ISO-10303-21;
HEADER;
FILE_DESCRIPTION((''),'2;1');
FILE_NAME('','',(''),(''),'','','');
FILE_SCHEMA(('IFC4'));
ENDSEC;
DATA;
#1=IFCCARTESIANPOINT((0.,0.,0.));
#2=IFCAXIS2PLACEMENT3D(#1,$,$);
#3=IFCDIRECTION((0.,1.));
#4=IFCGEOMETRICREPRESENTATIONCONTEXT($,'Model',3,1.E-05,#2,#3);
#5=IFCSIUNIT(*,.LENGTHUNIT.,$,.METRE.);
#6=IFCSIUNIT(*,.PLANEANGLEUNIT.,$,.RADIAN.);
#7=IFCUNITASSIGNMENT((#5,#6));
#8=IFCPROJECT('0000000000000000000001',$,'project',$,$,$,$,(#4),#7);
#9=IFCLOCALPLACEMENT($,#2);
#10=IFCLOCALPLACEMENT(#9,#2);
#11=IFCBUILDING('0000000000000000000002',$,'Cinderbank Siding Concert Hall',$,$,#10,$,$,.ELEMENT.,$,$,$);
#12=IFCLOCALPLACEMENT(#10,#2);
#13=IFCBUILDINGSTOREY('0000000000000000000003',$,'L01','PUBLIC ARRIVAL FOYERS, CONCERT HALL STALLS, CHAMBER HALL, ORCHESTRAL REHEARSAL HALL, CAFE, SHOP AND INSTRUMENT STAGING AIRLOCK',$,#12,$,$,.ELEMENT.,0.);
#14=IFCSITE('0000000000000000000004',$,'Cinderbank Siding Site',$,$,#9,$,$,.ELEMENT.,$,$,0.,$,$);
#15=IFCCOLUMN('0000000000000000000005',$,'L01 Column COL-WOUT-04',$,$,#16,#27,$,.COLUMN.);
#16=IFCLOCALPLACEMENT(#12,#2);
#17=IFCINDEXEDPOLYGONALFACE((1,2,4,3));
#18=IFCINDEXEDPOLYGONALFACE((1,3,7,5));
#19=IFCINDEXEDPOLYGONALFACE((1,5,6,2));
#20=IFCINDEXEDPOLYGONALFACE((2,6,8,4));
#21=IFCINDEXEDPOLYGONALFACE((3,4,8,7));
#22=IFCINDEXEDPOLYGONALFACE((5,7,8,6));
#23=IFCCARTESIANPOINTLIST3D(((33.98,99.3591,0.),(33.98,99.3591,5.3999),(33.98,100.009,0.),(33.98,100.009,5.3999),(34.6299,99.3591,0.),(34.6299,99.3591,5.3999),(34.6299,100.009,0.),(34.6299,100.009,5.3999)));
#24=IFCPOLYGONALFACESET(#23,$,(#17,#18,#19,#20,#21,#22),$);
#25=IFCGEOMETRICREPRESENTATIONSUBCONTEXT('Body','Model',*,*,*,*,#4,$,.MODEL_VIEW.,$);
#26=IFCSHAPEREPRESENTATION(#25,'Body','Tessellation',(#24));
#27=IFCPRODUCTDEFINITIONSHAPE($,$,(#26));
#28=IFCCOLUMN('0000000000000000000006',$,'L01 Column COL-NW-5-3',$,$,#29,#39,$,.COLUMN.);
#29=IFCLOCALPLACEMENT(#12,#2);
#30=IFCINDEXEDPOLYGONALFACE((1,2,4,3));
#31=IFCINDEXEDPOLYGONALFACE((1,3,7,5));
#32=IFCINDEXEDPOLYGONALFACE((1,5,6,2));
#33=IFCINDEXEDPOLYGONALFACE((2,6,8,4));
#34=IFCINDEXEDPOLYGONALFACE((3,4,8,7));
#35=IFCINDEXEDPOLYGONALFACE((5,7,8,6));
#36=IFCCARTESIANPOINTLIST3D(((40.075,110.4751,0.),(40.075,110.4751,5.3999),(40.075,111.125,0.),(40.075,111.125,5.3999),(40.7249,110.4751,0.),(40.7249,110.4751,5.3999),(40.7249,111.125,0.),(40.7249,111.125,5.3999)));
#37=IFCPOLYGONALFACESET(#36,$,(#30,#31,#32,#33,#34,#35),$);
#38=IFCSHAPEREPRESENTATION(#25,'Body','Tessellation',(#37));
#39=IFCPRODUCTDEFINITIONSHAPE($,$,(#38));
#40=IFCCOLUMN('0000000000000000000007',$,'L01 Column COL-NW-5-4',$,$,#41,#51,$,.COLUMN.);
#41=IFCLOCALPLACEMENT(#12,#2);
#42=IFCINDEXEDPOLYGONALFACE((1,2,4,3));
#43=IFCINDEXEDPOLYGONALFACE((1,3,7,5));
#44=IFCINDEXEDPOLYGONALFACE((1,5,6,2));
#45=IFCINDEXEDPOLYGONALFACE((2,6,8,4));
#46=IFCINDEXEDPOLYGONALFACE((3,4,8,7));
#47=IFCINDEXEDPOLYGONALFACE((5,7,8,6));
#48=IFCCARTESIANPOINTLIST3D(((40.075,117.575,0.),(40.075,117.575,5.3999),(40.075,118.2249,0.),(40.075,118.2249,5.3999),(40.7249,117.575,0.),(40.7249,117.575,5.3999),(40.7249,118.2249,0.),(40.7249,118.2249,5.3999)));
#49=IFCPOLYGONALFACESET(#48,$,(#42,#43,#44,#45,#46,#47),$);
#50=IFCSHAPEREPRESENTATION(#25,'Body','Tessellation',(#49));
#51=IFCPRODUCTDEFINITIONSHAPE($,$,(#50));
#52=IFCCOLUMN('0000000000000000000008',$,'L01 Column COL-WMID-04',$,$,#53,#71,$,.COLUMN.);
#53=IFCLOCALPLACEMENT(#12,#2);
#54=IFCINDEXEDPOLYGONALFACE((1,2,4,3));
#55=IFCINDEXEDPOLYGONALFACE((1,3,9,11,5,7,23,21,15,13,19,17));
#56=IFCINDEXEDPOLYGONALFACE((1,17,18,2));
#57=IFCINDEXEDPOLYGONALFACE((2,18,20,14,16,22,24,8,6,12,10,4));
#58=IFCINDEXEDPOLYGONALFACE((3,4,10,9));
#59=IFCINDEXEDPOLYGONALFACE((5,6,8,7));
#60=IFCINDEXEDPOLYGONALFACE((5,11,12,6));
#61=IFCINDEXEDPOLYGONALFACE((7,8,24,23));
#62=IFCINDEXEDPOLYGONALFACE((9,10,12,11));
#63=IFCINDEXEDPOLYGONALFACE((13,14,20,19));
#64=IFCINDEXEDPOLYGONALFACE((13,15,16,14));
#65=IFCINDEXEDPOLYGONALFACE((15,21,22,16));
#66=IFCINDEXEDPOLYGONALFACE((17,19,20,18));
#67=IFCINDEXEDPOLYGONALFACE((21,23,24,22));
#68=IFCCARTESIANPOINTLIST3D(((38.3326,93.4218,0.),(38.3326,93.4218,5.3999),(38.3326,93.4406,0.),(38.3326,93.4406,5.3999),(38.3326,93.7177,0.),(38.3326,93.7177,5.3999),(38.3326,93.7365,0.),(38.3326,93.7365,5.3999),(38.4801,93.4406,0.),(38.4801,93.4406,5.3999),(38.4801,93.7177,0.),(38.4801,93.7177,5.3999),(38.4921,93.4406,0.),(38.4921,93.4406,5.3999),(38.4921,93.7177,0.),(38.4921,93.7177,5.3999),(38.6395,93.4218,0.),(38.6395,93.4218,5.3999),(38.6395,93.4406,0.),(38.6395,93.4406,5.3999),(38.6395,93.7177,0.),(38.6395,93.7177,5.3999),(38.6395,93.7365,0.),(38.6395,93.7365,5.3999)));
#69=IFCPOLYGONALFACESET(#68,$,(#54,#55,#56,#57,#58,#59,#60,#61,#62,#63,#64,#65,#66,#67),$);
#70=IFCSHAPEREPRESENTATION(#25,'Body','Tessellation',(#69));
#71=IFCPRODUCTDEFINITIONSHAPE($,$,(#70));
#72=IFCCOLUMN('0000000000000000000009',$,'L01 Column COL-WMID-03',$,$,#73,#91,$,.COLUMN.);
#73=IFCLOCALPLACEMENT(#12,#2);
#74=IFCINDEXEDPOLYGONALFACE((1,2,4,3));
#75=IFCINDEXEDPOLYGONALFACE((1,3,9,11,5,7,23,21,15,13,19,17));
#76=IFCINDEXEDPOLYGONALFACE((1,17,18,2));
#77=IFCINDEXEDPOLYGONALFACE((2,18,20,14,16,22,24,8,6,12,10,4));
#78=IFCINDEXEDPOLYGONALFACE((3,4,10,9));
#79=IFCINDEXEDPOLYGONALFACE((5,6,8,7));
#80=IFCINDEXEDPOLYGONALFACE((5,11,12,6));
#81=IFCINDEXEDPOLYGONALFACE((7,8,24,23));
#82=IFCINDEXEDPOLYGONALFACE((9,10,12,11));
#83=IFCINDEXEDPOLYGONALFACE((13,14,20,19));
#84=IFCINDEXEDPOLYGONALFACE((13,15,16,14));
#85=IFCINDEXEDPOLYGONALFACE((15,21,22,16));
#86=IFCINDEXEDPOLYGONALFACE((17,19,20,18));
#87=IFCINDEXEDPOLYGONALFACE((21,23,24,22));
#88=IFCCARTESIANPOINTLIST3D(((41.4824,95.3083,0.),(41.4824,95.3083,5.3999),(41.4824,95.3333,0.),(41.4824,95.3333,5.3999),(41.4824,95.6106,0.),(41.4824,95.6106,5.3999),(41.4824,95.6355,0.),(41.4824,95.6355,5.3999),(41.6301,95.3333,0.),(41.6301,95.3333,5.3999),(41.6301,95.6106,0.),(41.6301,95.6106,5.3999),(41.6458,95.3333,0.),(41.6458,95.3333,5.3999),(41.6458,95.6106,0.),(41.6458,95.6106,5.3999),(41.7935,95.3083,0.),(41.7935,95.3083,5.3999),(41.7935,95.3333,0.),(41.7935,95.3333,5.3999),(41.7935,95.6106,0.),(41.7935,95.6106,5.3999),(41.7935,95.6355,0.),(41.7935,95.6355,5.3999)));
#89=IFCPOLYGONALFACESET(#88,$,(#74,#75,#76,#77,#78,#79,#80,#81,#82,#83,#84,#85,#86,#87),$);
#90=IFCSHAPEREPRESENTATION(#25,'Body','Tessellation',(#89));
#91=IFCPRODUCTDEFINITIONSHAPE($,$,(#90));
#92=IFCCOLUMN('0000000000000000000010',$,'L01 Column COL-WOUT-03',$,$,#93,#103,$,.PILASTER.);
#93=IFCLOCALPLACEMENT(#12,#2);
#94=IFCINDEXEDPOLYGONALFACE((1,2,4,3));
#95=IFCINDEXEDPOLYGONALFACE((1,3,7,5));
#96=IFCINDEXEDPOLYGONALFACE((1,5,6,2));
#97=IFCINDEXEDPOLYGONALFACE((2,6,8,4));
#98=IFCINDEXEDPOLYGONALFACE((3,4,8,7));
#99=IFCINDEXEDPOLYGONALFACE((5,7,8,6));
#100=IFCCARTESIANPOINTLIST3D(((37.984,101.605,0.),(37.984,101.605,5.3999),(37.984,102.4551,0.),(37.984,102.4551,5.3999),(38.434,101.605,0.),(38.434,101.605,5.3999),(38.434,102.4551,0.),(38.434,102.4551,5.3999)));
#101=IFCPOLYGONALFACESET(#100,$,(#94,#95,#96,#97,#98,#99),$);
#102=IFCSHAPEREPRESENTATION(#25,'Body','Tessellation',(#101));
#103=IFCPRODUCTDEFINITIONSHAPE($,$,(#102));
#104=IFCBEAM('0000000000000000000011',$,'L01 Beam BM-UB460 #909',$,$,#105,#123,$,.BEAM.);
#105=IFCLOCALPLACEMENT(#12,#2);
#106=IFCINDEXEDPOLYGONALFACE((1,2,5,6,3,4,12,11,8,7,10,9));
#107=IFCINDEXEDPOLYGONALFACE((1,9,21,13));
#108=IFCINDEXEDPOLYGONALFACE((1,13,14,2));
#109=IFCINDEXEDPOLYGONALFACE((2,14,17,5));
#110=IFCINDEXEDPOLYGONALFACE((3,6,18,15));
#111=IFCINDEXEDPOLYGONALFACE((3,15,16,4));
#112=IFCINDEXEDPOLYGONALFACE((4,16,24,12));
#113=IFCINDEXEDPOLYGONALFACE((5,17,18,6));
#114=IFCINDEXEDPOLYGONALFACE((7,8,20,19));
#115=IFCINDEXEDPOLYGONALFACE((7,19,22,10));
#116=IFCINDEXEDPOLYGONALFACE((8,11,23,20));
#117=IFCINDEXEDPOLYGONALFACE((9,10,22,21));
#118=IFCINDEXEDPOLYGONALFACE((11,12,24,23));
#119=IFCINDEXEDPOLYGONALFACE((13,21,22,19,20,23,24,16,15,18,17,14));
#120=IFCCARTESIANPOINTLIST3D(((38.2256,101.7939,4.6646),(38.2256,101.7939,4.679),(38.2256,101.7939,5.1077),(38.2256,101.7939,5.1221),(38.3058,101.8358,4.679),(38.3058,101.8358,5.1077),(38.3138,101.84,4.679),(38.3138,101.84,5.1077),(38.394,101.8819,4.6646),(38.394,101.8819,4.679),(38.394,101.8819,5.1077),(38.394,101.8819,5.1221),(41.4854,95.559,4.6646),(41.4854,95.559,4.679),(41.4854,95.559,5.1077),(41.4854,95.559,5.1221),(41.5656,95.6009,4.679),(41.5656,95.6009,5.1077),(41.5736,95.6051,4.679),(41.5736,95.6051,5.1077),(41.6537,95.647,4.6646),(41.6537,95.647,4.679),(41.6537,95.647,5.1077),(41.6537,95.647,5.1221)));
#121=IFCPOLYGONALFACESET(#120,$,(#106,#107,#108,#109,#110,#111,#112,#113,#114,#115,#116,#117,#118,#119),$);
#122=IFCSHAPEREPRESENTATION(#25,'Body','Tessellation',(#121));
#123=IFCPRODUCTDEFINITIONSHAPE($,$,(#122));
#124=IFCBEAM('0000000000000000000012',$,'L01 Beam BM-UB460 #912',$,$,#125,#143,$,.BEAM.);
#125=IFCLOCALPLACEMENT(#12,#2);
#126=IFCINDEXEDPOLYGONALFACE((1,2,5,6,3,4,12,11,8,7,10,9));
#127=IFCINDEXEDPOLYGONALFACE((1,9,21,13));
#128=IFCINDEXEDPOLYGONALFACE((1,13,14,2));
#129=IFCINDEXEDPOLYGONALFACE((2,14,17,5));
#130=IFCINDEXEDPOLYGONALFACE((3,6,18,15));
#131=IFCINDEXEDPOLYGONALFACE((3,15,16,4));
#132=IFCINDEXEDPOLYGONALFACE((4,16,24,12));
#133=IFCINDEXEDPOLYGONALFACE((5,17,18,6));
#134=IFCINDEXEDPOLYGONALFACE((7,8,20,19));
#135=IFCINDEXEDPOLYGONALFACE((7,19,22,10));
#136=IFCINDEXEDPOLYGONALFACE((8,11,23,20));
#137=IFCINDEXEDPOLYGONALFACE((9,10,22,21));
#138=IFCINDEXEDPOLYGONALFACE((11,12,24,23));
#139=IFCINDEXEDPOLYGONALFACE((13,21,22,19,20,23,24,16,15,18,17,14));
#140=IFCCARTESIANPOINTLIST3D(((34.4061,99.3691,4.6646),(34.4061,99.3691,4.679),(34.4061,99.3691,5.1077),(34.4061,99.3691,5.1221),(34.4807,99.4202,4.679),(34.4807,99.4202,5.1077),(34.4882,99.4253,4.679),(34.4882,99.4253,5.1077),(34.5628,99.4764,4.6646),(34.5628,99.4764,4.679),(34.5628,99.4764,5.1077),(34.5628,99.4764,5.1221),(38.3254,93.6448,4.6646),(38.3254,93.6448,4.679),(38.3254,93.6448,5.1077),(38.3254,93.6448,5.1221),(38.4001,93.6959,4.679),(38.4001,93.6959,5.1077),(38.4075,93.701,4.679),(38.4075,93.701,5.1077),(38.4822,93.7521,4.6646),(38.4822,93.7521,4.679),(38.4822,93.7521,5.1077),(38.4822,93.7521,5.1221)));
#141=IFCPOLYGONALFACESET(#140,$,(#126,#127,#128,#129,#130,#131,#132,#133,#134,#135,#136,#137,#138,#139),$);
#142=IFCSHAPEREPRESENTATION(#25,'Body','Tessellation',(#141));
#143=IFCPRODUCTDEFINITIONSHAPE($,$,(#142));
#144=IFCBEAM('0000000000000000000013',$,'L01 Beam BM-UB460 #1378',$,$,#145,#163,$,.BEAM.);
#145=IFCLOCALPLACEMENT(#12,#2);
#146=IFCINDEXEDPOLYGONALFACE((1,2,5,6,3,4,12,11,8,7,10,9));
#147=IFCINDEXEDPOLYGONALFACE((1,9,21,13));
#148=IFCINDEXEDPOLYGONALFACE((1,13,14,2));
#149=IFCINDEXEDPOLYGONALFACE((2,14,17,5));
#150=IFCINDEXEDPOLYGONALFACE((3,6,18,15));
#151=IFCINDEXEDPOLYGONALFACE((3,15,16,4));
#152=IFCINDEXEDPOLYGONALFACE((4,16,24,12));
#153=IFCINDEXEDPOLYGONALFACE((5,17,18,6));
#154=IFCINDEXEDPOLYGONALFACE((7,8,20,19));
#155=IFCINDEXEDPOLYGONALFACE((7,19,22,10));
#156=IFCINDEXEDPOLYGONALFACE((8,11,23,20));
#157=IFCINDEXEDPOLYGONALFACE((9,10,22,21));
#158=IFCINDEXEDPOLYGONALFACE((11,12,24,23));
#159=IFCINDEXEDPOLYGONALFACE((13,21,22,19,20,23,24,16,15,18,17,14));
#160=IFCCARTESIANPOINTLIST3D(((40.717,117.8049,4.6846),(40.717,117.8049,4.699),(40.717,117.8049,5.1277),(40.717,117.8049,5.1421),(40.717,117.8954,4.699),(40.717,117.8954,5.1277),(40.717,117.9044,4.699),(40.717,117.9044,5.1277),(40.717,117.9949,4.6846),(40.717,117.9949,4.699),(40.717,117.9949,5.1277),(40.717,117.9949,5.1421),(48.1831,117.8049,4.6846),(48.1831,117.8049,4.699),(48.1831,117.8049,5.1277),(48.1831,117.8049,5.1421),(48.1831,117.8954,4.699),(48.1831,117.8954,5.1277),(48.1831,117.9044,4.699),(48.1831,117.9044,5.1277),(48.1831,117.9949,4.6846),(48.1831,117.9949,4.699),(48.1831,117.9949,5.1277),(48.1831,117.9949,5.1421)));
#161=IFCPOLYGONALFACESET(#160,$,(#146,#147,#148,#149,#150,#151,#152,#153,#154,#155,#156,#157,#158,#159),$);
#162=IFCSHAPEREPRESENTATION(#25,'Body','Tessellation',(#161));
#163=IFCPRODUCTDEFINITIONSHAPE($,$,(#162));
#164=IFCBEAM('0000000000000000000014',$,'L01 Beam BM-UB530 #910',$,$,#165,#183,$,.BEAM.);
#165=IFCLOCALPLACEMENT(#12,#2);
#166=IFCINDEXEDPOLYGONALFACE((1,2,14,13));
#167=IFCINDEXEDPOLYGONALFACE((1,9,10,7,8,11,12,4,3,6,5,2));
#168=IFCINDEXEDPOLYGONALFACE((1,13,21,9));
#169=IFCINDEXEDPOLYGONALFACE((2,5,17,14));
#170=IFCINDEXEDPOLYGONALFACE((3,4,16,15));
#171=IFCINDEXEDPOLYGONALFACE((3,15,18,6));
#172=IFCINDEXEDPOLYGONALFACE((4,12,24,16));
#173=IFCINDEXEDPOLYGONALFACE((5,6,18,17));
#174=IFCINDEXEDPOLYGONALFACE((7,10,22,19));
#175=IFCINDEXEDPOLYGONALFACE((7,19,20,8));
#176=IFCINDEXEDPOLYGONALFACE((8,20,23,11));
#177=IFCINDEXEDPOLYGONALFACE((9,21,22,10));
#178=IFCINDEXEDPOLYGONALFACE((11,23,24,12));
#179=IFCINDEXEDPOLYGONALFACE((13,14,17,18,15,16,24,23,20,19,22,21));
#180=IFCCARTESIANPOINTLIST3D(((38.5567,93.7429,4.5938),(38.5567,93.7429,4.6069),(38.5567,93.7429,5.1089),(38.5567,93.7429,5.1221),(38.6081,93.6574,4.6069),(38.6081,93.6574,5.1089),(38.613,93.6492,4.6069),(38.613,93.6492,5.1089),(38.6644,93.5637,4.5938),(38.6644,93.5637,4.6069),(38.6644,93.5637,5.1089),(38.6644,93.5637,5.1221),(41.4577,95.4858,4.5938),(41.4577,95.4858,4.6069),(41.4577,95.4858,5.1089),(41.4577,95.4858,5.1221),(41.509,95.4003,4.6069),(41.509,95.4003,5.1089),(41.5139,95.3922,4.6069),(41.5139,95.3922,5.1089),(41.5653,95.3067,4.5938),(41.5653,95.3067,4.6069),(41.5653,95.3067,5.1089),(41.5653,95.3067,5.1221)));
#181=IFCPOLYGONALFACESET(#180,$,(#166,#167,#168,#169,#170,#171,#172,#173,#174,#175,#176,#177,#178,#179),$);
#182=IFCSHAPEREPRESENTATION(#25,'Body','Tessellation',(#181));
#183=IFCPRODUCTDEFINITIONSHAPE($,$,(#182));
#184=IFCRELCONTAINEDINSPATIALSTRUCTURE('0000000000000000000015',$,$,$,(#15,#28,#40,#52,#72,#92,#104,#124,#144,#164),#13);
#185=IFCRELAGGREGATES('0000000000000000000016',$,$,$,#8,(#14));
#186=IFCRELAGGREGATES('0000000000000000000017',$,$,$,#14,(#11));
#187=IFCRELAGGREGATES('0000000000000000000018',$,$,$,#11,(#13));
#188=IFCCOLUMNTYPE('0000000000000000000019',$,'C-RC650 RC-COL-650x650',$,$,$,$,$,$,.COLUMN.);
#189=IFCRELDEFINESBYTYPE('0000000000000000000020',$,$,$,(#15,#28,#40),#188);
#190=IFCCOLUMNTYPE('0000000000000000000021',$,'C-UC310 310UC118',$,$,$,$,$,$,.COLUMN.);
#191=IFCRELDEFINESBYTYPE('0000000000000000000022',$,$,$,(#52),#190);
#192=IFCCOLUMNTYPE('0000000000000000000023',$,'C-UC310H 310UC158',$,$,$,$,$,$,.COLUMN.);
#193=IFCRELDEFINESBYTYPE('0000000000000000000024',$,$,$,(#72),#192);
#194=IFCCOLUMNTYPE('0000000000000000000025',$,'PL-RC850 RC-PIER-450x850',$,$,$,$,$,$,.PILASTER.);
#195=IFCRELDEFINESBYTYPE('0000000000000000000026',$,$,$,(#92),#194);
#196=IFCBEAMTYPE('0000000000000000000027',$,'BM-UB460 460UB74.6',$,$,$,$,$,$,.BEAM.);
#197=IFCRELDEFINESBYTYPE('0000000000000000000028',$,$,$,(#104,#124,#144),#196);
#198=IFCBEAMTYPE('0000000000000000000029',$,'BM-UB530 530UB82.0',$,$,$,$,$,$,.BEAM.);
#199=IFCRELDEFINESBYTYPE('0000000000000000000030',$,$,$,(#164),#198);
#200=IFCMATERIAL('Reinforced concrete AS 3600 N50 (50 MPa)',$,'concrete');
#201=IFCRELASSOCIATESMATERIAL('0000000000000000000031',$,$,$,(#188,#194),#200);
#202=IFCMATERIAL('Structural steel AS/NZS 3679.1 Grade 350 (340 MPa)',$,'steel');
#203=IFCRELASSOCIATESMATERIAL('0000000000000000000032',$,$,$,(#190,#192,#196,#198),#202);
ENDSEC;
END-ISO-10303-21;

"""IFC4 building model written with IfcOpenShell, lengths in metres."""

from ifc_helpers import new_model, si_unit, direction, frame, origin, origin_2d, place, context, subcontext, project, spatial, rectangle, i_section, extrude, material, material_profile, profile_set, type_object, element, save


model = new_model("IFC4")

# Units and contexts
model_context = context("Model", 3, precision=1e-05, world=origin(), true_north=direction((0.0, 1.0)))
body_context = subcontext(model_context, "Body", "Model", "MODEL_VIEW")
ifc_project = project(units=[si_unit("LENGTHUNIT", "METRE"), si_unit("PLANEANGLEUNIT", "RADIAN")], contexts=[model_context])

# Site, building, storey
site_placement = place(None, origin())
site = spatial("IfcSite", under=ifc_project, at=site_placement, Name="Cinderbank Siding Site", CompositionType="ELEMENT", RefElevation=0.0)
building_placement = place(site_placement, origin())
building = spatial("IfcBuilding", under=site, at=building_placement, Name="Cinderbank Siding Concert Hall", CompositionType="ELEMENT")
storey_placement = place(building_placement, origin())
storey = spatial("IfcBuildingStorey", under=building, at=storey_placement, Name="L01", Description="PUBLIC ARRIVAL FOYERS, CONCERT HALL STALLS, CHAMBER HALL, ORCHESTRAL REHEARSAL HALL, CAFE, SHOP AND INSTRUMENT STAGING AIRLOCK", CompositionType="ELEMENT", Elevation=0.0)

# Columns
ifc_material_1 = material(Name="Reinforced concrete AS 3600 N50 (50 MPa)", Category="concrete")
ifc_material_profile_1 = material_profile(ifc_material_1, rectangle(XDim=0.6499, YDim=0.6499, at=origin_2d()), Name="RC-COL-650x650", Category="LoadBearing")
ifc_profile_set_1 = profile_set([ifc_material_profile_1], Name="Reinforced concrete AS 3600 N50 (50 MPa)")
column_type_1 = type_object("IfcColumnType", Name="C-RC650 RC-COL-650x650", PredefinedType="COLUMN", material=ifc_profile_set_1)
for number, where, z_axis, x_axis, name in (
    (1, (34.3049, 99.6841, 0.0), (0.0, 0.0, 1.0), (1.0, 0.0, 0.0), "L01 Column COL-WOUT-04"),
    (2, (40.3999, 110.8, 0.0), (0.0, 0.0, 1.0), (1.0, 0.0, 0.0), "L01 Column COL-NW-5-3"),
    (3, (40.3999, 117.8999, 0.0), (0.0, 0.0, 1.0), (1.0, 0.0, 0.0), "L01 Column COL-NW-5-4"),
):
    element("IfcColumn", number, at=place(storey_placement, frame(where, z_axis=z_axis, x_axis=x_axis)), inside=storey, type_object=column_type_1, Name=name, PredefinedType="COLUMN", context=body_context, shape_type="SweptSolid", body=[
        extrude(rectangle(XDim=0.6499, YDim=0.6499, at=origin_2d()), origin(), (0.0, 0.0, 1.0), 5.3999),
    ])
ifc_material_2 = material(Name="Structural steel AS/NZS 3679.1 Grade 350 (340 MPa)", Category="steel")
ifc_material_profile_2 = material_profile(ifc_material_2, i_section(OverallWidth=0.3069, OverallDepth=0.3147, WebThickness=0.012, FlangeThickness=0.0188, at=origin_2d()), Name="310UC118", Category="LoadBearing")
ifc_profile_set_2 = profile_set([ifc_material_profile_2], Name="Structural steel AS/NZS 3679.1 Grade 350 (340 MPa)")
column_type_2 = type_object("IfcColumnType", Name="C-UC310 310UC118", PredefinedType="COLUMN", material=ifc_profile_set_2)
column_1_placement = place(storey_placement, frame((38.4861, 93.5791, 0.0), z_axis=(0.0, 0.0, 1.0), x_axis=(1.0, 0.0, 0.0)))
element("IfcColumn", 4, at=column_1_placement, inside=storey, type_object=column_type_2, Name="L01 Column COL-WMID-04", PredefinedType="COLUMN", context=body_context, shape_type="SweptSolid", body=[
    extrude(i_section(OverallWidth=0.3069, OverallDepth=0.3147, WebThickness=0.012, FlangeThickness=0.0188, at=origin_2d()), origin(), (0.0, 0.0, 1.0), 5.3999),
])
ifc_material_profile_3 = material_profile(ifc_material_2, i_section(OverallWidth=0.311, OverallDepth=0.3271, WebThickness=0.0156, FlangeThickness=0.0249, at=origin_2d()), Name="310UC158", Category="LoadBearing")
ifc_profile_set_3 = profile_set([ifc_material_profile_3], Name="Structural steel AS/NZS 3679.1 Grade 350 (340 MPa)")
column_type_3 = type_object("IfcColumnType", Name="C-UC310H 310UC158", PredefinedType="COLUMN", material=ifc_profile_set_3)
column_2_placement = place(storey_placement, frame((41.6379, 95.4719, 0.0), z_axis=(0.0, 0.0, 1.0), x_axis=(1.0, 0.0, 0.0)))
element("IfcColumn", 5, at=column_2_placement, inside=storey, type_object=column_type_3, Name="L01 Column COL-WMID-03", PredefinedType="COLUMN", context=body_context, shape_type="SweptSolid", body=[
    extrude(i_section(OverallWidth=0.311, OverallDepth=0.3271, WebThickness=0.0156, FlangeThickness=0.0249, at=origin_2d()), origin(), (0.0, 0.0, 1.0), 5.3999),
])
ifc_material_profile_4 = material_profile(ifc_material_1, rectangle(XDim=0.45, YDim=0.8501, at=origin_2d()), Name="RC-PIER-450x850", Category="LoadBearing")
ifc_profile_set_4 = profile_set([ifc_material_profile_4], Name="Reinforced concrete AS 3600 N50 (50 MPa)")
column_type_4 = type_object("IfcColumnType", Name="PL-RC850 RC-PIER-450x850", PredefinedType="PILASTER", material=ifc_profile_set_4)
column_3_placement = place(storey_placement, frame((38.209, 102.03, 0.0), z_axis=(0.0, 0.0, 1.0), x_axis=(1.0, 0.0, 0.0)))
element("IfcColumn", 6, at=column_3_placement, inside=storey, type_object=column_type_4, Name="L01 Column COL-WOUT-03", PredefinedType="PILASTER", context=body_context, shape_type="SweptSolid", body=[
    extrude(rectangle(XDim=0.45, YDim=0.8501, at=origin_2d()), origin(), (0.0, 0.0, 1.0), 5.3999),
])

# Beams
ifc_material_profile_5 = material_profile(ifc_material_2, i_section(OverallWidth=0.1899, OverallDepth=0.4575, WebThickness=0.009, FlangeThickness=0.0144, at=origin_2d()), Name="460UB74.6", Category="LoadBearing")
ifc_profile_set_5 = profile_set([ifc_material_profile_5], Name="Structural steel AS/NZS 3679.1 Grade 350 (340 MPa)")
beam_type_1 = type_object("IfcBeamType", Name="BM-UB460 460UB74.6", PredefinedType="BEAM", material=ifc_profile_set_5)
beam_1_placement = place(storey_placement, frame((41.5696, 95.603, 4.8933), z_axis=(-0.463325, 0.886189, 0.0), x_axis=(-0.886189, -0.463325, 0.0)))
element("IfcBeam", 7, at=beam_1_placement, inside=storey, type_object=beam_type_1, Name="L01 Beam BM-UB460 #909", PredefinedType="BEAM", context=body_context, shape_type="SweptSolid", body=[
    extrude(i_section(OverallWidth=0.1899, OverallDepth=0.4575, WebThickness=0.009, FlangeThickness=0.0144, at=origin_2d()), origin(), (0.0, 0.0, 1.0), 7.0356),
])
beam_2_placement = place(storey_placement, frame((38.4038, 93.6985, 4.8933), z_axis=(-0.564955, 0.825122, 0.0), x_axis=(-0.825122, -0.564955, 0.0)))
element("IfcBeam", 8, at=beam_2_placement, inside=storey, type_object=beam_type_1, Name="L01 Beam BM-UB460 #912", PredefinedType="BEAM", context=body_context, shape_type="SweptSolid", body=[
    extrude(i_section(OverallWidth=0.1899, OverallDepth=0.4575, WebThickness=0.009, FlangeThickness=0.0144, at=origin_2d()), origin(), (0.0, 0.0, 1.0), 6.9375),
])
beam_3_placement = place(storey_placement, frame((40.717, 117.8999, 4.9133), z_axis=(1.0, 0.0, 0.0), x_axis=(0.0, 1.0, 0.0)))
element("IfcBeam", 9, at=beam_3_placement, inside=storey, type_object=beam_type_1, Name="L01 Beam BM-UB460 #1378", PredefinedType="BEAM", context=body_context, shape_type="SweptSolid", body=[
    extrude(i_section(OverallWidth=0.1899, OverallDepth=0.4575, WebThickness=0.009, FlangeThickness=0.0144, at=origin_2d()), origin(), (0.0, 0.0, 1.0), 7.4661),
])
ifc_material_profile_6 = material_profile(ifc_material_2, i_section(OverallWidth=0.209, OverallDepth=0.5283, WebThickness=0.0095, FlangeThickness=0.0132, at=origin_2d()), Name="530UB82.0", Category="LoadBearing")
ifc_profile_set_6 = profile_set([ifc_material_profile_6], Name="Structural steel AS/NZS 3679.1 Grade 350 (340 MPa)")
beam_type_2 = type_object("IfcBeamType", Name="BM-UB530 530UB82.0", PredefinedType="BEAM", material=ifc_profile_set_6)
beam_4_placement = place(storey_placement, frame((41.5115, 95.3962, 4.8579), z_axis=(-0.857181, -0.515016, 0.0), x_axis=(0.515016, -0.857181, 0.0)))
element("IfcBeam", 10, at=beam_4_placement, inside=storey, type_object=beam_type_2, Name="L01 Beam BM-UB530 #910", PredefinedType="BEAM", context=body_context, shape_type="SweptSolid", body=[
    extrude(i_section(OverallWidth=0.209, OverallDepth=0.5283, WebThickness=0.0095, FlangeThickness=0.0132, at=origin_2d()), origin(), (0.0, 0.0, 1.0), 3.3843),
])

save(model, "model.ifc")
